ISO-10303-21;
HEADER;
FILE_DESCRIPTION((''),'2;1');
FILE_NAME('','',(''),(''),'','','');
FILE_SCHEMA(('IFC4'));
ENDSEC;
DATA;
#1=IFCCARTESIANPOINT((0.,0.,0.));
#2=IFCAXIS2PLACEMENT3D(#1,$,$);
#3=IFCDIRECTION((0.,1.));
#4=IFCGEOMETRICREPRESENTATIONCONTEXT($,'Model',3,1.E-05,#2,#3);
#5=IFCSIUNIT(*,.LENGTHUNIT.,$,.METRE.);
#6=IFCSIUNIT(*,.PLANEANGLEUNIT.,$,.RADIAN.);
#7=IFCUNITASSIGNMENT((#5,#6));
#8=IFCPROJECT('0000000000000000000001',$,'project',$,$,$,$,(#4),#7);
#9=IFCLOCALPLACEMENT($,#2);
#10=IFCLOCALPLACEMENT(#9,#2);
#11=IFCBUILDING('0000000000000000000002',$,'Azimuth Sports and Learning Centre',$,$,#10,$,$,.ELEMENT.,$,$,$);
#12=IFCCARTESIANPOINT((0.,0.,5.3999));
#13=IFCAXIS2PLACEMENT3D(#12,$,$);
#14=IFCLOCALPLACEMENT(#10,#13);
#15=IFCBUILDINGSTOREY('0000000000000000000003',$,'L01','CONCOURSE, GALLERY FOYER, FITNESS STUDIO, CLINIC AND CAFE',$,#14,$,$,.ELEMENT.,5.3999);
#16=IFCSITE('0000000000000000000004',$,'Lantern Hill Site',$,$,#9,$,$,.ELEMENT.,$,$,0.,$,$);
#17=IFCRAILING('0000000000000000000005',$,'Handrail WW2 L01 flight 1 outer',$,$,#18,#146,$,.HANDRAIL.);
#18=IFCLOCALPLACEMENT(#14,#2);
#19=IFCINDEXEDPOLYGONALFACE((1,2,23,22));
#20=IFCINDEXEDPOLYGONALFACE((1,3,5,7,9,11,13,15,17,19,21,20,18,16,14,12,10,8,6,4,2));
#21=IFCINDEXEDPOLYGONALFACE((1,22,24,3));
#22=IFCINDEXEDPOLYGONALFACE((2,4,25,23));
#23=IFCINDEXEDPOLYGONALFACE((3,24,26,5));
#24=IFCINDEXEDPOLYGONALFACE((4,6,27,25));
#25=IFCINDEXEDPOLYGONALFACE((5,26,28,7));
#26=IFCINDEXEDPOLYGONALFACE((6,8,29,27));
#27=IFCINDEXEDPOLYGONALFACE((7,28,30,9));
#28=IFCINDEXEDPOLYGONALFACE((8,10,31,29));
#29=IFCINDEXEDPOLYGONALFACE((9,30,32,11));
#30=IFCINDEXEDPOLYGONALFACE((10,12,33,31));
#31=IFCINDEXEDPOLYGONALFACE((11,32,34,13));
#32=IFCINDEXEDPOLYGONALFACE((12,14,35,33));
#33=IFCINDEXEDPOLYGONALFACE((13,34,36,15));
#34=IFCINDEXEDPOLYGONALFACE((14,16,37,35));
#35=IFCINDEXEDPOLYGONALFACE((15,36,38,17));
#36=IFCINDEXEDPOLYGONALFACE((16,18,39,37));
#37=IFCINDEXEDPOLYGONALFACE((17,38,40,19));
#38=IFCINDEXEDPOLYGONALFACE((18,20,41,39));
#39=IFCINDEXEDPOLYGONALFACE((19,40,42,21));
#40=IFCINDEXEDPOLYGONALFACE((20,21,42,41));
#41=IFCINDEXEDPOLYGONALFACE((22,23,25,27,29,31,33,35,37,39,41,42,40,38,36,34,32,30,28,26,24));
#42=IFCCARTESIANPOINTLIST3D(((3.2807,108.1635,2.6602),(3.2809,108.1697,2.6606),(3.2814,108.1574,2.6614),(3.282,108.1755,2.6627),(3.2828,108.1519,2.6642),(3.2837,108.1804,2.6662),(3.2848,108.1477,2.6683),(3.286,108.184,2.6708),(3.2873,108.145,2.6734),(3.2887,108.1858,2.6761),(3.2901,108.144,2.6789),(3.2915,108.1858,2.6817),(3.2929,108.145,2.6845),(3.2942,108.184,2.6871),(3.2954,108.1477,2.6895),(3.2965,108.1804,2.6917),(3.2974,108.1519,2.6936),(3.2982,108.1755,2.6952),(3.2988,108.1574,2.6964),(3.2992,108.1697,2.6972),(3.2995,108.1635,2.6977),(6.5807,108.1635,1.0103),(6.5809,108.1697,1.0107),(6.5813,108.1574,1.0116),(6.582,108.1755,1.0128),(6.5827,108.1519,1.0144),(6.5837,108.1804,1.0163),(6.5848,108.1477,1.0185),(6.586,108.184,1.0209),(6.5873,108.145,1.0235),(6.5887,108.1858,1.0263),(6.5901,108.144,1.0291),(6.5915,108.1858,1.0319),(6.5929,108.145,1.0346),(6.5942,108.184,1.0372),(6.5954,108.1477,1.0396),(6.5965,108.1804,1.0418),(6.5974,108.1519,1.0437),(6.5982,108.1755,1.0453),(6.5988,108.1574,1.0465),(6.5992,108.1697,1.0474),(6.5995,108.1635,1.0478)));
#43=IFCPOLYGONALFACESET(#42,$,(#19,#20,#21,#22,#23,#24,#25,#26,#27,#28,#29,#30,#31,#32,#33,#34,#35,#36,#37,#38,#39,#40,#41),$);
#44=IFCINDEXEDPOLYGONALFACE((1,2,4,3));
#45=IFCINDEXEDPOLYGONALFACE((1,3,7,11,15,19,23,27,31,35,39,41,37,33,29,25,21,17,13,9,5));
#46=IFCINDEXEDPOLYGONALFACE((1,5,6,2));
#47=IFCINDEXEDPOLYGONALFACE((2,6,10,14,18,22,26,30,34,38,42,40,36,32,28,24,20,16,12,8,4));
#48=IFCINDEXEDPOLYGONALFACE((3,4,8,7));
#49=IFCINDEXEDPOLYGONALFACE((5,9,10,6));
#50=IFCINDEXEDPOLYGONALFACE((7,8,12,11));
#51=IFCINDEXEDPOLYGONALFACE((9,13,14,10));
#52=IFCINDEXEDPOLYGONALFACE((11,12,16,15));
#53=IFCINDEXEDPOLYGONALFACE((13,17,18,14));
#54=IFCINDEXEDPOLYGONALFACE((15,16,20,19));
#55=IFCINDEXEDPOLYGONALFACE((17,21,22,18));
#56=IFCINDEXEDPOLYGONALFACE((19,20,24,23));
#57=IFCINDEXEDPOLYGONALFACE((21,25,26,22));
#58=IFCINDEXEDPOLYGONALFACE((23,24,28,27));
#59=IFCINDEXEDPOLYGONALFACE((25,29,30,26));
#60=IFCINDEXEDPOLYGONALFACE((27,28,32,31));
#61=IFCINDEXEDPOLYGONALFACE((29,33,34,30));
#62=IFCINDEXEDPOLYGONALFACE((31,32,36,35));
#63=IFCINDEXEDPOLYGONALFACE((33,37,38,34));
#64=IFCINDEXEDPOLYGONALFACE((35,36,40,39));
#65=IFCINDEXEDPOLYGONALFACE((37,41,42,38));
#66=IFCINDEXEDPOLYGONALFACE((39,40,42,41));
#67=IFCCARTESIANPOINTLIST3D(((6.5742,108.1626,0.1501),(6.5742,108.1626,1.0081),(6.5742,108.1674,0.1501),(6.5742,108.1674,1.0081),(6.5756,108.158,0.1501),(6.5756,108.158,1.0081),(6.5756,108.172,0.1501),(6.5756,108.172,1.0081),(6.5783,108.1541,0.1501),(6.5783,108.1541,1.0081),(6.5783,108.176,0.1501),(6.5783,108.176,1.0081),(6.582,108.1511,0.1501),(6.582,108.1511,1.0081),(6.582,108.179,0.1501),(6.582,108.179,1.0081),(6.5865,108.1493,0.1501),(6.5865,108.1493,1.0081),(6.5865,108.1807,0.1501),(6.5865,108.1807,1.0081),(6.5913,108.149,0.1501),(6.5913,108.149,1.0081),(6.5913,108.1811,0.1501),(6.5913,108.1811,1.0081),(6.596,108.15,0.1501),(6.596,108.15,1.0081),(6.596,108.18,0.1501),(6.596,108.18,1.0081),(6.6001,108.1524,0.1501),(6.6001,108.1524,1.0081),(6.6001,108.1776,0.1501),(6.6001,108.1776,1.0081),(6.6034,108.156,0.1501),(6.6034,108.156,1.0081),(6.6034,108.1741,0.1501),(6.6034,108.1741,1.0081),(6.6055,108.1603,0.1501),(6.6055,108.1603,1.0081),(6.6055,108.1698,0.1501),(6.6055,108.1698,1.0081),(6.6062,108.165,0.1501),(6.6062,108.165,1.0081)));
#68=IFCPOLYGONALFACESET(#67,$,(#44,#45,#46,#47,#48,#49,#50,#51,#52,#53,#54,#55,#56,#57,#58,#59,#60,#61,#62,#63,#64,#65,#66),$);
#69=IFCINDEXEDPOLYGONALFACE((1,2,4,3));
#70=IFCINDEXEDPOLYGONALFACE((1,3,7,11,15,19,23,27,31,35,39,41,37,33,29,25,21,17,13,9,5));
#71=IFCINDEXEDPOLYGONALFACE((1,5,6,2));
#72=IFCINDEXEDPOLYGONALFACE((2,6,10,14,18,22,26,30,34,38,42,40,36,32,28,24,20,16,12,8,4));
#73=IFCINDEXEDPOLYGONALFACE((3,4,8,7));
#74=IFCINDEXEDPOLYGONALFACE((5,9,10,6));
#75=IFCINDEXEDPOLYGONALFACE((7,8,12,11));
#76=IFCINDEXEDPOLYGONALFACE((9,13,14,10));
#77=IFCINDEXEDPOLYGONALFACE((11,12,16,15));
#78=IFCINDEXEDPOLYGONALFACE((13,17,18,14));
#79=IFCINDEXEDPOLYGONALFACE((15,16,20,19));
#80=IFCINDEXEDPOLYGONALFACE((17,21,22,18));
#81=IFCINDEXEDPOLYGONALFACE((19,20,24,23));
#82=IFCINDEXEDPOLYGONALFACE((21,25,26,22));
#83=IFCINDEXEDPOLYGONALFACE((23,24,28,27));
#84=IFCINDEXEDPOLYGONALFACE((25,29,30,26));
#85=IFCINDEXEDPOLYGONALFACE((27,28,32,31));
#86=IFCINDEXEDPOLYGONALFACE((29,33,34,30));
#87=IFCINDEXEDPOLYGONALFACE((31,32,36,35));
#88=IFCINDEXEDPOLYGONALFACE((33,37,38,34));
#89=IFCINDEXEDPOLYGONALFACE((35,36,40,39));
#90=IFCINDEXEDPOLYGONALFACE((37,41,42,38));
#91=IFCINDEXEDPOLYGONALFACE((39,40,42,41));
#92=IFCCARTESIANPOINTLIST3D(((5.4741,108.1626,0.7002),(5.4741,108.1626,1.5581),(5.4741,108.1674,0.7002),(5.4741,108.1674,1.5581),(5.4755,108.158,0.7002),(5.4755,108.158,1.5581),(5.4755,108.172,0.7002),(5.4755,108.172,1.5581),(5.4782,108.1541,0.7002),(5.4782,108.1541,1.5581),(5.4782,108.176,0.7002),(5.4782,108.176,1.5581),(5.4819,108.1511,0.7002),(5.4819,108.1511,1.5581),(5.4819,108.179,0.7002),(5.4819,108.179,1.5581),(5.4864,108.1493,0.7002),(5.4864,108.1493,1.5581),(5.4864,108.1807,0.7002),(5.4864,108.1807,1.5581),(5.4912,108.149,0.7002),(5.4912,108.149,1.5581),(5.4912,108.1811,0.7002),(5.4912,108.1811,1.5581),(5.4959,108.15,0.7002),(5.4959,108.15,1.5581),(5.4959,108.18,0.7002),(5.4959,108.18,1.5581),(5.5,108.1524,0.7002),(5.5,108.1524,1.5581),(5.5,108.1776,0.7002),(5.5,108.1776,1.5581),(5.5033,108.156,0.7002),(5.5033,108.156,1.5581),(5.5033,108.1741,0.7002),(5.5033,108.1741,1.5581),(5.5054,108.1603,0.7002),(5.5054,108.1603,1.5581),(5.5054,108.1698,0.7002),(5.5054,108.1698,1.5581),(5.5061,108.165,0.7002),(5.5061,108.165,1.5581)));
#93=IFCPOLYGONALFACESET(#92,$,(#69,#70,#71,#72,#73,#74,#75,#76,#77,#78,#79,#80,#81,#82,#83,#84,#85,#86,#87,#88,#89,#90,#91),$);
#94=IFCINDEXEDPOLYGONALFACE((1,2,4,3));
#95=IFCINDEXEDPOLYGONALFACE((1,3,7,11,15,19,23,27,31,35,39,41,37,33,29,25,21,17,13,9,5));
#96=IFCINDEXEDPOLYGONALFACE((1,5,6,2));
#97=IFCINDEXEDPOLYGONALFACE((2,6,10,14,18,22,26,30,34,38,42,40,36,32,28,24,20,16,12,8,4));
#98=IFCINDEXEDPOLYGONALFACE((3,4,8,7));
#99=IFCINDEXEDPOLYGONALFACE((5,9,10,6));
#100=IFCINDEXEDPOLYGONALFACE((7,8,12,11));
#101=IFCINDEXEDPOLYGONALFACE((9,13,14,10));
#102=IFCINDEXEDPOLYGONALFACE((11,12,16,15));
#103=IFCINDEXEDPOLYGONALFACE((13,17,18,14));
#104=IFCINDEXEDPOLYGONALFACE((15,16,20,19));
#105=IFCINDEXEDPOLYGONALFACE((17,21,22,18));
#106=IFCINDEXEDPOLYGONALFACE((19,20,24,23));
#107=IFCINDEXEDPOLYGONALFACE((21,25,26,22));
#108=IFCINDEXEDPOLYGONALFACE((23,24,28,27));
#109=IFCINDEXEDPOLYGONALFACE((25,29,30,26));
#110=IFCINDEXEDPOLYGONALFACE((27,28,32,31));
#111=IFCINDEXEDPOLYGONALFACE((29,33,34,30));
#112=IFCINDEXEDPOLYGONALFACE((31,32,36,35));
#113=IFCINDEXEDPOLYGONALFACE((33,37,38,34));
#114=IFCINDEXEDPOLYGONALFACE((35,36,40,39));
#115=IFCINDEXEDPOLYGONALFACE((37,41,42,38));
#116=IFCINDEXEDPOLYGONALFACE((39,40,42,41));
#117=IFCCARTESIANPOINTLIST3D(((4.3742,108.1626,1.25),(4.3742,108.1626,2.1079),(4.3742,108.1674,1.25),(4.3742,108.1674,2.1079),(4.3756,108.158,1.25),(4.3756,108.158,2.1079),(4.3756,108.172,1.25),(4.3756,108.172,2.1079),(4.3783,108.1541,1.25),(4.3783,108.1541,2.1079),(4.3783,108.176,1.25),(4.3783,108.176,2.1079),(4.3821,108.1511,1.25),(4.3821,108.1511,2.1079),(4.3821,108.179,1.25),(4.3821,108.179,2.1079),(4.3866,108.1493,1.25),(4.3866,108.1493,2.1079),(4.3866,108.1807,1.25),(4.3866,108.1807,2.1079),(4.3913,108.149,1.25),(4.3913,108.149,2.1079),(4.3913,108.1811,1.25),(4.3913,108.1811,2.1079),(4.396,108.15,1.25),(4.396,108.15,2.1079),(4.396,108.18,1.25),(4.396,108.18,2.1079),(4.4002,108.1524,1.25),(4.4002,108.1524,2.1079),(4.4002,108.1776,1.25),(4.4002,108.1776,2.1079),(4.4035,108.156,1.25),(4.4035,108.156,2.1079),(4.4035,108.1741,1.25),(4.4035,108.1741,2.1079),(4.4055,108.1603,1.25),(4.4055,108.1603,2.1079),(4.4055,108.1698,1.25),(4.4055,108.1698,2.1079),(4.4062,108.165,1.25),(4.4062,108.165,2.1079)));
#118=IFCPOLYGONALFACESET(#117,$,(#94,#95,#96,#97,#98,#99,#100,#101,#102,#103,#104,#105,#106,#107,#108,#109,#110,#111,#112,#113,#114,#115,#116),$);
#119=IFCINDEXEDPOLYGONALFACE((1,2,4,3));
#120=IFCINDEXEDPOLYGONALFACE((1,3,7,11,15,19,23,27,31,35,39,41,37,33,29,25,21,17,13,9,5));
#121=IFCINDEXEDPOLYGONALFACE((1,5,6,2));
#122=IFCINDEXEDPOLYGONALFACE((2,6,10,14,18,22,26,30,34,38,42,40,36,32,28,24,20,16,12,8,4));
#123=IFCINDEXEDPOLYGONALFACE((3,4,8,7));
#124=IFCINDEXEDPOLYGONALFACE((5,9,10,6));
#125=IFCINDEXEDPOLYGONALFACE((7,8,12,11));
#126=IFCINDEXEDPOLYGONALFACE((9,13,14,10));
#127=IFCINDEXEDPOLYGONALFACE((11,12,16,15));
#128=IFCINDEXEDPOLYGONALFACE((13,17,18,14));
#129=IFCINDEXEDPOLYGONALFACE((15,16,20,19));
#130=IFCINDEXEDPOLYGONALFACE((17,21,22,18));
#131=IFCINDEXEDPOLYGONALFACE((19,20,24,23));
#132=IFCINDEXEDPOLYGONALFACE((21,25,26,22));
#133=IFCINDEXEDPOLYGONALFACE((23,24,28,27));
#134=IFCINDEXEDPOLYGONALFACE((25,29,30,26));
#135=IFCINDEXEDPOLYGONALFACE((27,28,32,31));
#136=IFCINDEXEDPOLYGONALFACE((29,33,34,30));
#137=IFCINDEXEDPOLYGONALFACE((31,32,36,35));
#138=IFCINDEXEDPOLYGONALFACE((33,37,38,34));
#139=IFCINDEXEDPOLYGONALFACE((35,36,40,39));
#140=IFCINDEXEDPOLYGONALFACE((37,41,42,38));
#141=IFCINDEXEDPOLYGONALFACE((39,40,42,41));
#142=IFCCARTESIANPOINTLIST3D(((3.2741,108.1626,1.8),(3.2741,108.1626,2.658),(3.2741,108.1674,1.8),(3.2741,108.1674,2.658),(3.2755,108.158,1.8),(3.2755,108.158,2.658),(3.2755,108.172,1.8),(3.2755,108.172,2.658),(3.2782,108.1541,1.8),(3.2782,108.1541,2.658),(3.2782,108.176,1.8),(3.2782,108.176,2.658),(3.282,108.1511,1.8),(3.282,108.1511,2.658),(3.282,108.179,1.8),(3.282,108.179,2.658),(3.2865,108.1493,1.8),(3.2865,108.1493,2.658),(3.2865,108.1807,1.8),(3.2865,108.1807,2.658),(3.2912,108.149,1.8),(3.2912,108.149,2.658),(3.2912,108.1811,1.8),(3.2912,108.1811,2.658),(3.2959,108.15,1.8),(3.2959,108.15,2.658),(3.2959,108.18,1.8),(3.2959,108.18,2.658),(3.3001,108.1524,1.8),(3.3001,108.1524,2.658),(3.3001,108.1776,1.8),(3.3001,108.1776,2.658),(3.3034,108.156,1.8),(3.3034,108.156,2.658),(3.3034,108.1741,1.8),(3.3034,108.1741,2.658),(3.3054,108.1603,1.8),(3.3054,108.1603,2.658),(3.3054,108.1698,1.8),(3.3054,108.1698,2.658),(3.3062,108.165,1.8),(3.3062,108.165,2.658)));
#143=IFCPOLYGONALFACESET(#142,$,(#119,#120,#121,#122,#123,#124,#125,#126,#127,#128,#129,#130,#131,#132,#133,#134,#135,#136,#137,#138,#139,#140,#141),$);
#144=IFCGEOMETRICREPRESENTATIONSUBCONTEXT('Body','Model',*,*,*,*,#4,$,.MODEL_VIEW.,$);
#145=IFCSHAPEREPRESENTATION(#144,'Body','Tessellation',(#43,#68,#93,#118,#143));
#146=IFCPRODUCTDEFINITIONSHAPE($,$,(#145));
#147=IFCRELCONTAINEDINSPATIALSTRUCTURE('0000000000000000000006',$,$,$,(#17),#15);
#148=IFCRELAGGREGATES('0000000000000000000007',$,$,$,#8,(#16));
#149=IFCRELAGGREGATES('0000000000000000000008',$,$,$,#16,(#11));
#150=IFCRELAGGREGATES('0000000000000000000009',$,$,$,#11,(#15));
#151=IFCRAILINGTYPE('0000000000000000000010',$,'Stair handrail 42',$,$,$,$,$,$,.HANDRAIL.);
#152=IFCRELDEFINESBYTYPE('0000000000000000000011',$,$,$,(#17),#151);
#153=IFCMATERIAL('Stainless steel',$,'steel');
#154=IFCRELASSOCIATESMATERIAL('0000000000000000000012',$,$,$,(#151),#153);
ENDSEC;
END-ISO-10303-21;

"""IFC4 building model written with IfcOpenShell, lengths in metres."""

from ifc_helpers import new_model, si_unit, direction, frame, origin, origin_2d, place, context, subcontext, project, spatial, circle, extrude, material, type_object, element, save


model = new_model("IFC4")

# Units and contexts
model_context = context("Model", 3, precision=1e-05, world=origin(), true_north=direction((0.0, 1.0)))
body_context = subcontext(model_context, "Body", "Model", "MODEL_VIEW")
ifc_project = project(units=[si_unit("LENGTHUNIT", "METRE"), si_unit("PLANEANGLEUNIT", "RADIAN")], contexts=[model_context])

# Site, building, storey
site_placement = place(None, origin())
site = spatial("IfcSite", under=ifc_project, at=site_placement, Name="Lantern Hill Site", CompositionType="ELEMENT", RefElevation=0.0)
building_placement = place(site_placement, origin())
building = spatial("IfcBuilding", under=site, at=building_placement, Name="Azimuth Sports and Learning Centre", CompositionType="ELEMENT")
storey_placement = place(building_placement, frame((0.0, 0.0, 5.3999)))
storey = spatial("IfcBuildingStorey", under=building, at=storey_placement, Name="L01", Description="CONCOURSE, GALLERY FOYER, FITNESS STUDIO, CLINIC AND CAFE", CompositionType="ELEMENT", Elevation=5.3999)

# Railing
ifc_material_1 = material(Name="Stainless steel", Category="steel")
railing_type_1 = type_object("IfcRailingType", Name="Stair handrail 42", PredefinedType="HANDRAIL", material=ifc_material_1)
for number, where, name in (
    (1, (6.5901, 108.165, 0.1501), "Handrail WW2 L01 flight 1 outer"),
):
    element("IfcRailing", number, at=place(storey_placement, frame(where)), inside=storey, type_object=railing_type_1, Name=name, PredefinedType="HANDRAIL", context=body_context, shape_type="SweptSolid", body=[
        extrude(circle(Radius=0.021, at=origin_2d()), frame((0.0, 0.0, 0.8789), z_axis=(-0.89444, 0.0, 0.447187), x_axis=(0.0, -1.0, 0.0)), (0.0, 0.0, 1.0), 3.6895),
        extrude(circle(Radius=0.0161, at=origin_2d()), origin(), (0.0, 0.0, 1.0), 0.8579),
        extrude(circle(Radius=0.0161, at=origin_2d()), frame((-1.1001, 0.0, 0.55)), (0.0, 0.0, 1.0), 0.8579),
        extrude(circle(Radius=0.0161, at=origin_2d()), frame((-2.2, 0.0, 1.0999)), (0.0, 0.0, 1.0), 0.8579),
        extrude(circle(Radius=0.0161, at=origin_2d()), frame((-3.3, 0.0, 1.6499)), (0.0, 0.0, 1.0), 0.8579),
    ])

save(model, "model.ifc")
